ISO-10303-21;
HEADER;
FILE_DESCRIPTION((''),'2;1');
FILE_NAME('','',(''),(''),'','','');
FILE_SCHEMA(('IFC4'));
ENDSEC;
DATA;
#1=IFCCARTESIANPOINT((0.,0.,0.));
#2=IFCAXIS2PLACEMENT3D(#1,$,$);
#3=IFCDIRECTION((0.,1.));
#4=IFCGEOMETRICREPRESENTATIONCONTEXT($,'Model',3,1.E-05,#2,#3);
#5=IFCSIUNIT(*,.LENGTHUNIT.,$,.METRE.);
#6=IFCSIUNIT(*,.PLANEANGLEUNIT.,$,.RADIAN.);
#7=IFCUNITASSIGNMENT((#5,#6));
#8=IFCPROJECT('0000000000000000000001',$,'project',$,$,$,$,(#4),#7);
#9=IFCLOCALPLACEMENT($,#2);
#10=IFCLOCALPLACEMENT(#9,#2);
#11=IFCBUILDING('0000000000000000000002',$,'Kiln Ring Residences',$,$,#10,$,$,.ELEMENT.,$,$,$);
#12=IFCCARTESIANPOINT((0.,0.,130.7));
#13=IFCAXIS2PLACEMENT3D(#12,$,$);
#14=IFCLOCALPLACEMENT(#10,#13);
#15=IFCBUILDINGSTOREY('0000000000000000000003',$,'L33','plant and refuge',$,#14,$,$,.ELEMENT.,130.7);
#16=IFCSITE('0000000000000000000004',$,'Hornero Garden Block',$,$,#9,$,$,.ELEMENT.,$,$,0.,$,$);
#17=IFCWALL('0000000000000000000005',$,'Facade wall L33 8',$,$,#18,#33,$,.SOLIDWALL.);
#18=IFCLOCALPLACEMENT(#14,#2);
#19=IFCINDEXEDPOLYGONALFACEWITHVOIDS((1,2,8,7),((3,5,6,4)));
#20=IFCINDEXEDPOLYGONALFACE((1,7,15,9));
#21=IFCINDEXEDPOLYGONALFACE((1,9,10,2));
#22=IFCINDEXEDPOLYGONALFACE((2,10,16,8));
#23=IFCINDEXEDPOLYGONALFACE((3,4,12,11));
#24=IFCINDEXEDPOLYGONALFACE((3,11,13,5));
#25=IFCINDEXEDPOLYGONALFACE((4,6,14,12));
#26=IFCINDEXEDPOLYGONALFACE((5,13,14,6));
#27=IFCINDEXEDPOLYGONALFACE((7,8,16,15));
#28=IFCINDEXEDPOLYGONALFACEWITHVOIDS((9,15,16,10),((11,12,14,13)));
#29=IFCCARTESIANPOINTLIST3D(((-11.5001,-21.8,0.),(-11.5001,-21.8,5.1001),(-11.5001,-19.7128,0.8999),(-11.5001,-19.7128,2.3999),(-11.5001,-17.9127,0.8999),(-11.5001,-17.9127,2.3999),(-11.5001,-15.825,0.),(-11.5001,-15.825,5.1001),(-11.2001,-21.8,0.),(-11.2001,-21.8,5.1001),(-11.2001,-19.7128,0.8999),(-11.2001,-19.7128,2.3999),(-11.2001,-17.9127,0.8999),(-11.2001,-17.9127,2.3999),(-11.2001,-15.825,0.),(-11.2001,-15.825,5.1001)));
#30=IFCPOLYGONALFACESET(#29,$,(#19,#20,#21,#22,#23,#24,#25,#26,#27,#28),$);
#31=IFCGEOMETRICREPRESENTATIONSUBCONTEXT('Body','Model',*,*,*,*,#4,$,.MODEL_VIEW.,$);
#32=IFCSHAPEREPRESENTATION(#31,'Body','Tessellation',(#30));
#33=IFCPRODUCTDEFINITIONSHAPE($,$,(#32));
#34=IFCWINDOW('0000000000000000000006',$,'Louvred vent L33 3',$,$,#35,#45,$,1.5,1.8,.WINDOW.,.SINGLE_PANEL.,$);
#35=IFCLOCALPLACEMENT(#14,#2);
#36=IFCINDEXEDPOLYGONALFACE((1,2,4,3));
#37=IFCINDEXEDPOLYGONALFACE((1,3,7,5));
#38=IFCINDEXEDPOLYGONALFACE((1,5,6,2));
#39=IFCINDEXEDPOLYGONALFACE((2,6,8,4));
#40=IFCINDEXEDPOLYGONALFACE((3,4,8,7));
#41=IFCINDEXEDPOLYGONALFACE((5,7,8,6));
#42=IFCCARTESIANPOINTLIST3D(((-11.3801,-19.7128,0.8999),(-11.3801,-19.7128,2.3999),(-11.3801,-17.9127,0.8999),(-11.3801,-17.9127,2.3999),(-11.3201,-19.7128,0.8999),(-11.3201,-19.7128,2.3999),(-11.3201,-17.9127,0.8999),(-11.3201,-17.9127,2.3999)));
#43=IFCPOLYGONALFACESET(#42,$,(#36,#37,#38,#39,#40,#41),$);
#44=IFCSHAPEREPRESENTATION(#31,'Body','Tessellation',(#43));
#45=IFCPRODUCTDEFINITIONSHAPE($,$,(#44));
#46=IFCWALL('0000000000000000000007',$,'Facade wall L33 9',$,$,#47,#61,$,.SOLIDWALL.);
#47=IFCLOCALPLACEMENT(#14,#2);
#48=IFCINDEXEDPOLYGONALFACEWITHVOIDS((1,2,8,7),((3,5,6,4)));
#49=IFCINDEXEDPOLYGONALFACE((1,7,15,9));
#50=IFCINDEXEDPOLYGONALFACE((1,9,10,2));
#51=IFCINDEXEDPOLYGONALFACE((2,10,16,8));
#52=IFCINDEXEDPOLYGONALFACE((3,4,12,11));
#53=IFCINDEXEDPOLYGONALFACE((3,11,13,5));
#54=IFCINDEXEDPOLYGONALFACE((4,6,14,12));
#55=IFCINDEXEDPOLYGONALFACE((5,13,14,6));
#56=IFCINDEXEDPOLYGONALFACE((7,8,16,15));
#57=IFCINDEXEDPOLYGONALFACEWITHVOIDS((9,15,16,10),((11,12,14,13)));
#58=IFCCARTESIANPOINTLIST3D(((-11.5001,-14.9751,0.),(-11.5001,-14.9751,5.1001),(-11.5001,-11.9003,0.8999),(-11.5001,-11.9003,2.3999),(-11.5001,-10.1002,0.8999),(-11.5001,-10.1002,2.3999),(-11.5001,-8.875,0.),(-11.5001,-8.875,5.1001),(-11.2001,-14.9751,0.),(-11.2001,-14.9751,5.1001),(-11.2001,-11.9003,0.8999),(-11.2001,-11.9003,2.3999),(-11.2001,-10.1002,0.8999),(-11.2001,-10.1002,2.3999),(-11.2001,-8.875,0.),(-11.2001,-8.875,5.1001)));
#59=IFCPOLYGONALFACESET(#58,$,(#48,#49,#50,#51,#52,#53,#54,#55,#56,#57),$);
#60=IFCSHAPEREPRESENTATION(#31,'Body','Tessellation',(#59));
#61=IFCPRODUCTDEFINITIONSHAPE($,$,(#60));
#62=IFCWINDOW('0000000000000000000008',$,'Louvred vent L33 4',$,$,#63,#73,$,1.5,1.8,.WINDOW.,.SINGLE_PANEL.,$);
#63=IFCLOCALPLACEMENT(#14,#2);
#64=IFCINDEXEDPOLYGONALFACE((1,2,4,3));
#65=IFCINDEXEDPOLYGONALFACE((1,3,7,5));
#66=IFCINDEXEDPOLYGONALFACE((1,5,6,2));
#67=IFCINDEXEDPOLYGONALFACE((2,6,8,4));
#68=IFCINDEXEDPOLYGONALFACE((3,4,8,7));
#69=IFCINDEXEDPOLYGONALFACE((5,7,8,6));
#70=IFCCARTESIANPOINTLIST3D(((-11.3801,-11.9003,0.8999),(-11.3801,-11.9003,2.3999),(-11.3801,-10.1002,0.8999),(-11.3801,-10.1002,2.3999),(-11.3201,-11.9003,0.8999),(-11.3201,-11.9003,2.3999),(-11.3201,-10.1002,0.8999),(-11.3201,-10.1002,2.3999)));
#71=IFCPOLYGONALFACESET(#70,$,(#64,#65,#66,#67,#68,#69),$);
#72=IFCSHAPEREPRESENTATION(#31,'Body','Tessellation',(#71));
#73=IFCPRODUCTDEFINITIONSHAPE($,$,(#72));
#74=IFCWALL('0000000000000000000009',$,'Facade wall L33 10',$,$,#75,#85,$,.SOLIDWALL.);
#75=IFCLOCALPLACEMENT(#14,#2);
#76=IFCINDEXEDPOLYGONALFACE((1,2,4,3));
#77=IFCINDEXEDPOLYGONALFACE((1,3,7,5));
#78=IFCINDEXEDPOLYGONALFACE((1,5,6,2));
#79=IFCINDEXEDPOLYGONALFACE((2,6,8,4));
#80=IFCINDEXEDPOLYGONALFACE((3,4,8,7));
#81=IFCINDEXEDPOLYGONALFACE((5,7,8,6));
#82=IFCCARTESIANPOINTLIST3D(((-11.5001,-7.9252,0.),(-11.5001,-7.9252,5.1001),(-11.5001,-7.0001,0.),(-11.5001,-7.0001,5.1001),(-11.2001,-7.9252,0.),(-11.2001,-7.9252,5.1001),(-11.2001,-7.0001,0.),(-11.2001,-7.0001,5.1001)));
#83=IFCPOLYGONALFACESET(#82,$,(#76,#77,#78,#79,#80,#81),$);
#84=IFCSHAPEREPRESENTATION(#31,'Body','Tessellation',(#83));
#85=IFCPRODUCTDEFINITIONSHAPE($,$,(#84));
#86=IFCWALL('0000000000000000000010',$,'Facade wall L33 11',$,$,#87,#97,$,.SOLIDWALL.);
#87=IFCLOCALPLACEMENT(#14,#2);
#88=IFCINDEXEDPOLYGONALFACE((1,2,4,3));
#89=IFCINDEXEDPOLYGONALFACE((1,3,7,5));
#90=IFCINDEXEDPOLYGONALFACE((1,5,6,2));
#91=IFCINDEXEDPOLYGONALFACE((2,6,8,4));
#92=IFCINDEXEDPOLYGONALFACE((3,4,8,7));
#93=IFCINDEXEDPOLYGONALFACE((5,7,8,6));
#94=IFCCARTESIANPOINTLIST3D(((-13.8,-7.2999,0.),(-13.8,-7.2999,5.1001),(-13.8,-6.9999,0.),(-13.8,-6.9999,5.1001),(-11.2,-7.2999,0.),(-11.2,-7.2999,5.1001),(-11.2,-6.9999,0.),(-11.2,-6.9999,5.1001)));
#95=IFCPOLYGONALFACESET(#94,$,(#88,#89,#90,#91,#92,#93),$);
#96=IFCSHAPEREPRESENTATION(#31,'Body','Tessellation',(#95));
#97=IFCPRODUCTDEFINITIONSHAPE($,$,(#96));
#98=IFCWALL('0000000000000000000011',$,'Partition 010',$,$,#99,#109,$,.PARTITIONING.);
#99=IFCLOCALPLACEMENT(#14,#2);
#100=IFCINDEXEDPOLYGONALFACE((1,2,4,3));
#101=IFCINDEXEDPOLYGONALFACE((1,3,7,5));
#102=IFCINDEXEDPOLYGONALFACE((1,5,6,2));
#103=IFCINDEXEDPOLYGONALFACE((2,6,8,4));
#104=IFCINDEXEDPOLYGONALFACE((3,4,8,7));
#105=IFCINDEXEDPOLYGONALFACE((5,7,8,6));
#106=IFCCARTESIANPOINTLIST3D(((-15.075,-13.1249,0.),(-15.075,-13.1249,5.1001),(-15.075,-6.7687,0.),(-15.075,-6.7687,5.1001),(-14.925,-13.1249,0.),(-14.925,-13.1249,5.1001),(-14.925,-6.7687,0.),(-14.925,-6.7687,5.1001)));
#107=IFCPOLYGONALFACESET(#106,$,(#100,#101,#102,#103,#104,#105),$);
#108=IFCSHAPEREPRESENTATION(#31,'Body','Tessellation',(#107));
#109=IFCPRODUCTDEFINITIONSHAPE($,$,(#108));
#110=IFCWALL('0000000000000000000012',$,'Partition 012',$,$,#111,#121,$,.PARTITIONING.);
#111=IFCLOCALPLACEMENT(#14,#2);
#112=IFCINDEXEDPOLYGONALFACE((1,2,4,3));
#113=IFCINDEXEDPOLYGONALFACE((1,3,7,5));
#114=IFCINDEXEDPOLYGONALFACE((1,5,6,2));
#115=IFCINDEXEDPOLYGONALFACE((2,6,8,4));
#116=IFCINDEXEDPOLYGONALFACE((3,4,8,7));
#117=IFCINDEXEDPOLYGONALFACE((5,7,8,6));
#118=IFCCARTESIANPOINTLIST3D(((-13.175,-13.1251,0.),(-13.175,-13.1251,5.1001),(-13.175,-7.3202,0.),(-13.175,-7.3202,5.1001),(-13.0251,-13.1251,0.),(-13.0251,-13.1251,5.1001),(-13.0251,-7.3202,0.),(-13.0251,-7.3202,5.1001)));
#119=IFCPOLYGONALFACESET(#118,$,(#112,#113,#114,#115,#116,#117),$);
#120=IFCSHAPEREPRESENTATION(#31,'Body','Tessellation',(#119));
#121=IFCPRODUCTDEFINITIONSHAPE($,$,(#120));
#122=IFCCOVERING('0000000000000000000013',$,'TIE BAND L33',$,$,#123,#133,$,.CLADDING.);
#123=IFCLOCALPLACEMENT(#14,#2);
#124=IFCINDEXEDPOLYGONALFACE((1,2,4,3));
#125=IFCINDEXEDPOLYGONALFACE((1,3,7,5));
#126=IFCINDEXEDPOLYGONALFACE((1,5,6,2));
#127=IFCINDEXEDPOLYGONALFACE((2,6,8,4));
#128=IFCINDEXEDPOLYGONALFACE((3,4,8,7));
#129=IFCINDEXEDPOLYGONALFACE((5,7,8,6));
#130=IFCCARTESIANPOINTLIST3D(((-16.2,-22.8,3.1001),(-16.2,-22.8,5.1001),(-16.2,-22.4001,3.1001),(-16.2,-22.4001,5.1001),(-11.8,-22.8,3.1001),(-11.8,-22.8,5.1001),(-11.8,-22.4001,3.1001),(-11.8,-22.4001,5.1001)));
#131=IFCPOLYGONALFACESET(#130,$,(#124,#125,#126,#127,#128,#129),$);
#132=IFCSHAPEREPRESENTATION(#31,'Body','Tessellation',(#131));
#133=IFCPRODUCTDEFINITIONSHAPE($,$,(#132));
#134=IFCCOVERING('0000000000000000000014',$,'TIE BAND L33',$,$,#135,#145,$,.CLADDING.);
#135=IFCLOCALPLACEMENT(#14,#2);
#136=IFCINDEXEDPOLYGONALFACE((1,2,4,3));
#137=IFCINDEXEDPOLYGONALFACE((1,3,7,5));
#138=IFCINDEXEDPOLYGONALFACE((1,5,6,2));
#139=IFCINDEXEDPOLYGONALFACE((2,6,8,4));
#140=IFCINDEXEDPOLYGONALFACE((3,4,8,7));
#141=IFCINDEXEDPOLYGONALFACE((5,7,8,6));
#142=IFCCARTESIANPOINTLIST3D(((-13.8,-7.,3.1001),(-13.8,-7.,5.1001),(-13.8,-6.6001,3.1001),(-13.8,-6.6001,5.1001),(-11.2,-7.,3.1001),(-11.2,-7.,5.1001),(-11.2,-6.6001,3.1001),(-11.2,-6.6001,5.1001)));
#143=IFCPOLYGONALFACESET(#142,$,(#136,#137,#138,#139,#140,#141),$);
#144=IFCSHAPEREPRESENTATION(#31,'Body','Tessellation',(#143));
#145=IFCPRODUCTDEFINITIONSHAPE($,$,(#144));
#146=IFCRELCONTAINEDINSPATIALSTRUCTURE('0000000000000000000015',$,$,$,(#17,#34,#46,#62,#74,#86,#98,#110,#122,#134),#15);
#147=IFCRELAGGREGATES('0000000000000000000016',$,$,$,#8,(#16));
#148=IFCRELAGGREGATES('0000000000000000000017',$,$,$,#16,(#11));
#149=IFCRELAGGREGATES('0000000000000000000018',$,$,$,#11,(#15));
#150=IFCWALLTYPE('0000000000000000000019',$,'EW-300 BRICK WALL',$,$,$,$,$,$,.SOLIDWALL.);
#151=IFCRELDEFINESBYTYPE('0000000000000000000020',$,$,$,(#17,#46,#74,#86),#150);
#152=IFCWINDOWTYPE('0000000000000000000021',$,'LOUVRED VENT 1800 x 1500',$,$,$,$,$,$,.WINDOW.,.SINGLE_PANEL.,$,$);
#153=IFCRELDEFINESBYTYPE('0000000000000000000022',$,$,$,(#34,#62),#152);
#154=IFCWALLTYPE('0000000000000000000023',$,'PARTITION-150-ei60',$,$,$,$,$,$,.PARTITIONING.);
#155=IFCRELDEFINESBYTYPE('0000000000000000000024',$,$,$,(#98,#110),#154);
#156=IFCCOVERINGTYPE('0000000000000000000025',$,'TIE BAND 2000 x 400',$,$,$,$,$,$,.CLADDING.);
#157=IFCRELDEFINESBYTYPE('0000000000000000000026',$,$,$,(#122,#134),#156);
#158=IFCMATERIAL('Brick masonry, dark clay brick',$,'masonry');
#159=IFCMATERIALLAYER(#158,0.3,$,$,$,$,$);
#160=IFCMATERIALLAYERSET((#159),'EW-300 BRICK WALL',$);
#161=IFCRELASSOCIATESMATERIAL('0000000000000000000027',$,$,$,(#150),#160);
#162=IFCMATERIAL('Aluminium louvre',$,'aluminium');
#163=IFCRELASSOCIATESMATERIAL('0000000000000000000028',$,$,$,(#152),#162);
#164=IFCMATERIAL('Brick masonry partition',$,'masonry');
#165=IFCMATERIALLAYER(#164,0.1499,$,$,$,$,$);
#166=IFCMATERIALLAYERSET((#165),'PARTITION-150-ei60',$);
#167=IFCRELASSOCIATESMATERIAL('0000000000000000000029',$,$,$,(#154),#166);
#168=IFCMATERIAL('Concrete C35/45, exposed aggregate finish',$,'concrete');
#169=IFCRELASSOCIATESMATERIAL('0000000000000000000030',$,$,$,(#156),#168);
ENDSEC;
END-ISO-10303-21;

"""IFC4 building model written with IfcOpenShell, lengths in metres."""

from ifc_helpers import new_model, si_unit, direction, frame, frame_2d, origin, origin_2d, place, context, subcontext, project, spatial, rectangle, extrude, material, layer, layer_set, type_object, element, fill, save


model = new_model("IFC4")

# Units and contexts
model_context = context("Model", 3, precision=1e-05, world=origin(), true_north=direction((0.0, 1.0)))
body_context = subcontext(model_context, "Body", "Model", "MODEL_VIEW")
ifc_project = project(units=[si_unit("LENGTHUNIT", "METRE"), si_unit("PLANEANGLEUNIT", "RADIAN")], contexts=[model_context])

# Site, building, storey
site_placement = place(None, origin())
site = spatial("IfcSite", under=ifc_project, at=site_placement, Name="Hornero Garden Block", CompositionType="ELEMENT", RefElevation=0.0)
building_placement = place(site_placement, origin())
building = spatial("IfcBuilding", under=site, at=building_placement, Name="Kiln Ring Residences", CompositionType="ELEMENT")
storey_placement = place(building_placement, frame((0.0, 0.0, 130.7)))
storey = spatial("IfcBuildingStorey", under=building, at=storey_placement, Name="L33", Description="plant and refuge", CompositionType="ELEMENT", Elevation=130.7)

# Walls, openings, windows
ifc_material_1 = material(Name="Brick masonry, dark clay brick", Category="masonry")
ifc_layer_1 = layer(ifc_material_1, 0.3)
ifc_layer_set_1 = layer_set([ifc_layer_1], Name="EW-300 BRICK WALL")
wall_type_1 = type_object("IfcWallType", Name="EW-300 BRICK WALL", PredefinedType="SOLIDWALL", material=ifc_layer_set_1)
wall_1_placement = place(storey_placement, frame((-11.3501, -21.8, 0.0), z_axis=(0.0, 0.0, 1.0), x_axis=(0.0, 1.0, 0.0)))
wall_1 = element("IfcWall", 1, at=wall_1_placement, inside=storey, type_object=wall_type_1, Name="Facade wall L33 8", PredefinedType="SOLIDWALL", context=body_context, shape_type="SweptSolid", body=[
    extrude(rectangle(XDim=5.9751, YDim=0.3, at=frame_2d((2.9875, 0.0))), origin(), (0.0, 0.0, 1.0), 5.1001),
])
opening_1_placement = place(wall_1_placement, frame((2.0874, 0.0, 0.8999)))
opening_1 = element("IfcOpeningElement", 2, at=opening_1_placement, cuts=wall_1, PredefinedType="OPENING", context=body_context, shape_type="SweptSolid", body=[
    extrude(rectangle(XDim=1.8, YDim=1.5, at=frame_2d((0.8999, 0.75))), frame((0.0, 0.1599, 0.0), z_axis=(0.0, -1.0, 0.0), x_axis=(1.0, 0.0, 0.0)), (0.0, 0.0, 1.0), 0.3201),
])
ifc_material_2 = material(Name="Aluminium louvre", Category="aluminium")
window_type = type_object("IfcWindowType", Name="LOUVRED VENT 1800 x 1500", PartitioningType="SINGLE_PANEL", PredefinedType="WINDOW", material=ifc_material_2)
window_1_placement = place(opening_1_placement, origin())
window_1 = element("IfcWindow", 3, at=window_1_placement, inside=storey, type_object=window_type, Name="Louvred vent L33 3", OverallHeight=1.5, OverallWidth=1.8, PartitioningType="SINGLE_PANEL", PredefinedType="WINDOW", context=body_context, shape_type="SweptSolid", body=[
    extrude(rectangle(XDim=1.8, YDim=1.5, at=frame_2d((0.8999, 0.75))), frame((0.0, 0.03, 0.0), z_axis=(0.0, -1.0, 0.0), x_axis=(1.0, 0.0, 0.0)), (0.0, 0.0, 1.0), 0.0601),
])
fill(opening_1, window_1)
wall_2_placement = place(storey_placement, frame((-11.3501, -14.9751, 0.0), z_axis=(0.0, 0.0, 1.0), x_axis=(0.0, 1.0, 0.0)))
wall_2 = element("IfcWall", 4, at=wall_2_placement, inside=storey, type_object=wall_type_1, Name="Facade wall L33 9", PredefinedType="SOLIDWALL", context=body_context, shape_type="SweptSolid", body=[
    extrude(rectangle(XDim=6.1001, YDim=0.3, at=frame_2d((3.05, 0.0))), origin(), (0.0, 0.0, 1.0), 5.1001),
])
opening_2_placement = place(wall_2_placement, frame((3.075, 0.0, 0.8999)))
opening_2 = element("IfcOpeningElement", 5, at=opening_2_placement, cuts=wall_2, PredefinedType="OPENING", context=body_context, shape_type="SweptSolid", body=[
    extrude(rectangle(XDim=1.8, YDim=1.5, at=frame_2d((0.8999, 0.75))), frame((0.0, 0.1599, 0.0), z_axis=(0.0, -1.0, 0.0), x_axis=(1.0, 0.0, 0.0)), (0.0, 0.0, 1.0), 0.3201),
])
window_2_placement = place(opening_2_placement, origin())
window_2 = element("IfcWindow", 6, at=window_2_placement, inside=storey, type_object=window_type, Name="Louvred vent L33 4", OverallHeight=1.5, OverallWidth=1.8, PartitioningType="SINGLE_PANEL", PredefinedType="WINDOW", context=body_context, shape_type="SweptSolid", body=[
    extrude(rectangle(XDim=1.8, YDim=1.5, at=frame_2d((0.8999, 0.75))), frame((0.0, 0.03, 0.0), z_axis=(0.0, -1.0, 0.0), x_axis=(1.0, 0.0, 0.0)), (0.0, 0.0, 1.0), 0.0601),
])
fill(opening_2, window_2)

# Walls
wall_3_placement = place(storey_placement, frame((-11.3501, -7.925, 0.0), z_axis=(0.0, 0.0, 1.0), x_axis=(0.0, 1.0, 0.0)))
element("IfcWall", 7, at=wall_3_placement, inside=storey, type_object=wall_type_1, Name="Facade wall L33 10", PredefinedType="SOLIDWALL", context=body_context, shape_type="SweptSolid", body=[
    extrude(rectangle(XDim=0.925, YDim=0.3, at=frame_2d((0.4624, 0.0))), origin(), (0.0, 0.0, 1.0), 5.1001),
])
wall_4_placement = place(storey_placement, frame((-11.2, -7.1499, 0.0), z_axis=(0.0, 0.0, 1.0), x_axis=(-1.0, 0.0, 0.0)))
element("IfcWall", 8, at=wall_4_placement, inside=storey, type_object=wall_type_1, Name="Facade wall L33 11", PredefinedType="SOLIDWALL", context=body_context, shape_type="SweptSolid", body=[
    extrude(rectangle(XDim=2.6001, YDim=0.3, at=frame_2d((1.3, 0.0))), origin(), (0.0, 0.0, 1.0), 5.1001),
])
ifc_material_3 = material(Name="Brick masonry partition", Category="masonry")
ifc_layer_2 = layer(ifc_material_3, 0.1499)
ifc_layer_set_2 = layer_set([ifc_layer_2], Name="PARTITION-150-ei60")
wall_type_2 = type_object("IfcWallType", Name="PARTITION-150-ei60", PredefinedType="PARTITIONING", material=ifc_layer_set_2)
wall_5_placement = place(storey_placement, frame((-15.0, -13.125, 0.0), z_axis=(0.0, 0.0, 1.0), x_axis=(0.0, 1.0, 0.0)))
element("IfcWall", 9, at=wall_5_placement, inside=storey, type_object=wall_type_2, Name="Partition 010", PredefinedType="PARTITIONING", context=body_context, shape_type="SweptSolid", body=[
    extrude(rectangle(XDim=6.3562, YDim=0.1499, at=frame_2d((3.1782, 0.0))), origin(), (0.0, 0.0, 1.0), 5.1001),
])
wall_6_placement = place(storey_placement, frame((-13.1001, -13.125, 0.0), z_axis=(0.0, 0.0, 1.0), x_axis=(0.0, 1.0, 0.0)))
element("IfcWall", 10, at=wall_6_placement, inside=storey, type_object=wall_type_2, Name="Partition 012", PredefinedType="PARTITIONING", context=body_context, shape_type="SweptSolid", body=[
    extrude(rectangle(XDim=5.8049, YDim=0.1499, at=frame_2d((2.9023, 0.0))), origin(), (0.0, 0.0, 1.0), 5.1001),
])

# Coverings
ifc_material_4 = material(Name="Concrete C35/45, exposed aggregate finish", Category="concrete")
covering_type = type_object("IfcCoveringType", Name="TIE BAND 2000 x 400", PredefinedType="CLADDING", material=ifc_material_4)
covering_1_placement = place(storey_placement, frame((-14.0, -22.6001, 3.1001), z_axis=(0.0, 0.0, 1.0), x_axis=(1.0, 0.0, 0.0)))
element("IfcCovering", 11, at=covering_1_placement, inside=storey, type_object=covering_type, Name="TIE BAND L33", PredefinedType="CLADDING", context=body_context, shape_type="SweptSolid", body=[
    extrude(rectangle(XDim=4.3999, YDim=0.3999, at=origin_2d()), origin(), (0.0, 0.0, 1.0), 2.0),
])
covering_2_placement = place(storey_placement, frame((-12.5, -6.8, 3.1001), z_axis=(0.0, 0.0, 1.0), x_axis=(-1.0, 0.0, 0.0)))
element("IfcCovering", 12, at=covering_2_placement, inside=storey, type_object=covering_type, Name="TIE BAND L33", PredefinedType="CLADDING", context=body_context, shape_type="SweptSolid", body=[
    extrude(rectangle(XDim=2.6001, YDim=0.3999, at=origin_2d()), origin(), (0.0, 0.0, 1.0), 2.0),
])

save(model, "model.ifc")
